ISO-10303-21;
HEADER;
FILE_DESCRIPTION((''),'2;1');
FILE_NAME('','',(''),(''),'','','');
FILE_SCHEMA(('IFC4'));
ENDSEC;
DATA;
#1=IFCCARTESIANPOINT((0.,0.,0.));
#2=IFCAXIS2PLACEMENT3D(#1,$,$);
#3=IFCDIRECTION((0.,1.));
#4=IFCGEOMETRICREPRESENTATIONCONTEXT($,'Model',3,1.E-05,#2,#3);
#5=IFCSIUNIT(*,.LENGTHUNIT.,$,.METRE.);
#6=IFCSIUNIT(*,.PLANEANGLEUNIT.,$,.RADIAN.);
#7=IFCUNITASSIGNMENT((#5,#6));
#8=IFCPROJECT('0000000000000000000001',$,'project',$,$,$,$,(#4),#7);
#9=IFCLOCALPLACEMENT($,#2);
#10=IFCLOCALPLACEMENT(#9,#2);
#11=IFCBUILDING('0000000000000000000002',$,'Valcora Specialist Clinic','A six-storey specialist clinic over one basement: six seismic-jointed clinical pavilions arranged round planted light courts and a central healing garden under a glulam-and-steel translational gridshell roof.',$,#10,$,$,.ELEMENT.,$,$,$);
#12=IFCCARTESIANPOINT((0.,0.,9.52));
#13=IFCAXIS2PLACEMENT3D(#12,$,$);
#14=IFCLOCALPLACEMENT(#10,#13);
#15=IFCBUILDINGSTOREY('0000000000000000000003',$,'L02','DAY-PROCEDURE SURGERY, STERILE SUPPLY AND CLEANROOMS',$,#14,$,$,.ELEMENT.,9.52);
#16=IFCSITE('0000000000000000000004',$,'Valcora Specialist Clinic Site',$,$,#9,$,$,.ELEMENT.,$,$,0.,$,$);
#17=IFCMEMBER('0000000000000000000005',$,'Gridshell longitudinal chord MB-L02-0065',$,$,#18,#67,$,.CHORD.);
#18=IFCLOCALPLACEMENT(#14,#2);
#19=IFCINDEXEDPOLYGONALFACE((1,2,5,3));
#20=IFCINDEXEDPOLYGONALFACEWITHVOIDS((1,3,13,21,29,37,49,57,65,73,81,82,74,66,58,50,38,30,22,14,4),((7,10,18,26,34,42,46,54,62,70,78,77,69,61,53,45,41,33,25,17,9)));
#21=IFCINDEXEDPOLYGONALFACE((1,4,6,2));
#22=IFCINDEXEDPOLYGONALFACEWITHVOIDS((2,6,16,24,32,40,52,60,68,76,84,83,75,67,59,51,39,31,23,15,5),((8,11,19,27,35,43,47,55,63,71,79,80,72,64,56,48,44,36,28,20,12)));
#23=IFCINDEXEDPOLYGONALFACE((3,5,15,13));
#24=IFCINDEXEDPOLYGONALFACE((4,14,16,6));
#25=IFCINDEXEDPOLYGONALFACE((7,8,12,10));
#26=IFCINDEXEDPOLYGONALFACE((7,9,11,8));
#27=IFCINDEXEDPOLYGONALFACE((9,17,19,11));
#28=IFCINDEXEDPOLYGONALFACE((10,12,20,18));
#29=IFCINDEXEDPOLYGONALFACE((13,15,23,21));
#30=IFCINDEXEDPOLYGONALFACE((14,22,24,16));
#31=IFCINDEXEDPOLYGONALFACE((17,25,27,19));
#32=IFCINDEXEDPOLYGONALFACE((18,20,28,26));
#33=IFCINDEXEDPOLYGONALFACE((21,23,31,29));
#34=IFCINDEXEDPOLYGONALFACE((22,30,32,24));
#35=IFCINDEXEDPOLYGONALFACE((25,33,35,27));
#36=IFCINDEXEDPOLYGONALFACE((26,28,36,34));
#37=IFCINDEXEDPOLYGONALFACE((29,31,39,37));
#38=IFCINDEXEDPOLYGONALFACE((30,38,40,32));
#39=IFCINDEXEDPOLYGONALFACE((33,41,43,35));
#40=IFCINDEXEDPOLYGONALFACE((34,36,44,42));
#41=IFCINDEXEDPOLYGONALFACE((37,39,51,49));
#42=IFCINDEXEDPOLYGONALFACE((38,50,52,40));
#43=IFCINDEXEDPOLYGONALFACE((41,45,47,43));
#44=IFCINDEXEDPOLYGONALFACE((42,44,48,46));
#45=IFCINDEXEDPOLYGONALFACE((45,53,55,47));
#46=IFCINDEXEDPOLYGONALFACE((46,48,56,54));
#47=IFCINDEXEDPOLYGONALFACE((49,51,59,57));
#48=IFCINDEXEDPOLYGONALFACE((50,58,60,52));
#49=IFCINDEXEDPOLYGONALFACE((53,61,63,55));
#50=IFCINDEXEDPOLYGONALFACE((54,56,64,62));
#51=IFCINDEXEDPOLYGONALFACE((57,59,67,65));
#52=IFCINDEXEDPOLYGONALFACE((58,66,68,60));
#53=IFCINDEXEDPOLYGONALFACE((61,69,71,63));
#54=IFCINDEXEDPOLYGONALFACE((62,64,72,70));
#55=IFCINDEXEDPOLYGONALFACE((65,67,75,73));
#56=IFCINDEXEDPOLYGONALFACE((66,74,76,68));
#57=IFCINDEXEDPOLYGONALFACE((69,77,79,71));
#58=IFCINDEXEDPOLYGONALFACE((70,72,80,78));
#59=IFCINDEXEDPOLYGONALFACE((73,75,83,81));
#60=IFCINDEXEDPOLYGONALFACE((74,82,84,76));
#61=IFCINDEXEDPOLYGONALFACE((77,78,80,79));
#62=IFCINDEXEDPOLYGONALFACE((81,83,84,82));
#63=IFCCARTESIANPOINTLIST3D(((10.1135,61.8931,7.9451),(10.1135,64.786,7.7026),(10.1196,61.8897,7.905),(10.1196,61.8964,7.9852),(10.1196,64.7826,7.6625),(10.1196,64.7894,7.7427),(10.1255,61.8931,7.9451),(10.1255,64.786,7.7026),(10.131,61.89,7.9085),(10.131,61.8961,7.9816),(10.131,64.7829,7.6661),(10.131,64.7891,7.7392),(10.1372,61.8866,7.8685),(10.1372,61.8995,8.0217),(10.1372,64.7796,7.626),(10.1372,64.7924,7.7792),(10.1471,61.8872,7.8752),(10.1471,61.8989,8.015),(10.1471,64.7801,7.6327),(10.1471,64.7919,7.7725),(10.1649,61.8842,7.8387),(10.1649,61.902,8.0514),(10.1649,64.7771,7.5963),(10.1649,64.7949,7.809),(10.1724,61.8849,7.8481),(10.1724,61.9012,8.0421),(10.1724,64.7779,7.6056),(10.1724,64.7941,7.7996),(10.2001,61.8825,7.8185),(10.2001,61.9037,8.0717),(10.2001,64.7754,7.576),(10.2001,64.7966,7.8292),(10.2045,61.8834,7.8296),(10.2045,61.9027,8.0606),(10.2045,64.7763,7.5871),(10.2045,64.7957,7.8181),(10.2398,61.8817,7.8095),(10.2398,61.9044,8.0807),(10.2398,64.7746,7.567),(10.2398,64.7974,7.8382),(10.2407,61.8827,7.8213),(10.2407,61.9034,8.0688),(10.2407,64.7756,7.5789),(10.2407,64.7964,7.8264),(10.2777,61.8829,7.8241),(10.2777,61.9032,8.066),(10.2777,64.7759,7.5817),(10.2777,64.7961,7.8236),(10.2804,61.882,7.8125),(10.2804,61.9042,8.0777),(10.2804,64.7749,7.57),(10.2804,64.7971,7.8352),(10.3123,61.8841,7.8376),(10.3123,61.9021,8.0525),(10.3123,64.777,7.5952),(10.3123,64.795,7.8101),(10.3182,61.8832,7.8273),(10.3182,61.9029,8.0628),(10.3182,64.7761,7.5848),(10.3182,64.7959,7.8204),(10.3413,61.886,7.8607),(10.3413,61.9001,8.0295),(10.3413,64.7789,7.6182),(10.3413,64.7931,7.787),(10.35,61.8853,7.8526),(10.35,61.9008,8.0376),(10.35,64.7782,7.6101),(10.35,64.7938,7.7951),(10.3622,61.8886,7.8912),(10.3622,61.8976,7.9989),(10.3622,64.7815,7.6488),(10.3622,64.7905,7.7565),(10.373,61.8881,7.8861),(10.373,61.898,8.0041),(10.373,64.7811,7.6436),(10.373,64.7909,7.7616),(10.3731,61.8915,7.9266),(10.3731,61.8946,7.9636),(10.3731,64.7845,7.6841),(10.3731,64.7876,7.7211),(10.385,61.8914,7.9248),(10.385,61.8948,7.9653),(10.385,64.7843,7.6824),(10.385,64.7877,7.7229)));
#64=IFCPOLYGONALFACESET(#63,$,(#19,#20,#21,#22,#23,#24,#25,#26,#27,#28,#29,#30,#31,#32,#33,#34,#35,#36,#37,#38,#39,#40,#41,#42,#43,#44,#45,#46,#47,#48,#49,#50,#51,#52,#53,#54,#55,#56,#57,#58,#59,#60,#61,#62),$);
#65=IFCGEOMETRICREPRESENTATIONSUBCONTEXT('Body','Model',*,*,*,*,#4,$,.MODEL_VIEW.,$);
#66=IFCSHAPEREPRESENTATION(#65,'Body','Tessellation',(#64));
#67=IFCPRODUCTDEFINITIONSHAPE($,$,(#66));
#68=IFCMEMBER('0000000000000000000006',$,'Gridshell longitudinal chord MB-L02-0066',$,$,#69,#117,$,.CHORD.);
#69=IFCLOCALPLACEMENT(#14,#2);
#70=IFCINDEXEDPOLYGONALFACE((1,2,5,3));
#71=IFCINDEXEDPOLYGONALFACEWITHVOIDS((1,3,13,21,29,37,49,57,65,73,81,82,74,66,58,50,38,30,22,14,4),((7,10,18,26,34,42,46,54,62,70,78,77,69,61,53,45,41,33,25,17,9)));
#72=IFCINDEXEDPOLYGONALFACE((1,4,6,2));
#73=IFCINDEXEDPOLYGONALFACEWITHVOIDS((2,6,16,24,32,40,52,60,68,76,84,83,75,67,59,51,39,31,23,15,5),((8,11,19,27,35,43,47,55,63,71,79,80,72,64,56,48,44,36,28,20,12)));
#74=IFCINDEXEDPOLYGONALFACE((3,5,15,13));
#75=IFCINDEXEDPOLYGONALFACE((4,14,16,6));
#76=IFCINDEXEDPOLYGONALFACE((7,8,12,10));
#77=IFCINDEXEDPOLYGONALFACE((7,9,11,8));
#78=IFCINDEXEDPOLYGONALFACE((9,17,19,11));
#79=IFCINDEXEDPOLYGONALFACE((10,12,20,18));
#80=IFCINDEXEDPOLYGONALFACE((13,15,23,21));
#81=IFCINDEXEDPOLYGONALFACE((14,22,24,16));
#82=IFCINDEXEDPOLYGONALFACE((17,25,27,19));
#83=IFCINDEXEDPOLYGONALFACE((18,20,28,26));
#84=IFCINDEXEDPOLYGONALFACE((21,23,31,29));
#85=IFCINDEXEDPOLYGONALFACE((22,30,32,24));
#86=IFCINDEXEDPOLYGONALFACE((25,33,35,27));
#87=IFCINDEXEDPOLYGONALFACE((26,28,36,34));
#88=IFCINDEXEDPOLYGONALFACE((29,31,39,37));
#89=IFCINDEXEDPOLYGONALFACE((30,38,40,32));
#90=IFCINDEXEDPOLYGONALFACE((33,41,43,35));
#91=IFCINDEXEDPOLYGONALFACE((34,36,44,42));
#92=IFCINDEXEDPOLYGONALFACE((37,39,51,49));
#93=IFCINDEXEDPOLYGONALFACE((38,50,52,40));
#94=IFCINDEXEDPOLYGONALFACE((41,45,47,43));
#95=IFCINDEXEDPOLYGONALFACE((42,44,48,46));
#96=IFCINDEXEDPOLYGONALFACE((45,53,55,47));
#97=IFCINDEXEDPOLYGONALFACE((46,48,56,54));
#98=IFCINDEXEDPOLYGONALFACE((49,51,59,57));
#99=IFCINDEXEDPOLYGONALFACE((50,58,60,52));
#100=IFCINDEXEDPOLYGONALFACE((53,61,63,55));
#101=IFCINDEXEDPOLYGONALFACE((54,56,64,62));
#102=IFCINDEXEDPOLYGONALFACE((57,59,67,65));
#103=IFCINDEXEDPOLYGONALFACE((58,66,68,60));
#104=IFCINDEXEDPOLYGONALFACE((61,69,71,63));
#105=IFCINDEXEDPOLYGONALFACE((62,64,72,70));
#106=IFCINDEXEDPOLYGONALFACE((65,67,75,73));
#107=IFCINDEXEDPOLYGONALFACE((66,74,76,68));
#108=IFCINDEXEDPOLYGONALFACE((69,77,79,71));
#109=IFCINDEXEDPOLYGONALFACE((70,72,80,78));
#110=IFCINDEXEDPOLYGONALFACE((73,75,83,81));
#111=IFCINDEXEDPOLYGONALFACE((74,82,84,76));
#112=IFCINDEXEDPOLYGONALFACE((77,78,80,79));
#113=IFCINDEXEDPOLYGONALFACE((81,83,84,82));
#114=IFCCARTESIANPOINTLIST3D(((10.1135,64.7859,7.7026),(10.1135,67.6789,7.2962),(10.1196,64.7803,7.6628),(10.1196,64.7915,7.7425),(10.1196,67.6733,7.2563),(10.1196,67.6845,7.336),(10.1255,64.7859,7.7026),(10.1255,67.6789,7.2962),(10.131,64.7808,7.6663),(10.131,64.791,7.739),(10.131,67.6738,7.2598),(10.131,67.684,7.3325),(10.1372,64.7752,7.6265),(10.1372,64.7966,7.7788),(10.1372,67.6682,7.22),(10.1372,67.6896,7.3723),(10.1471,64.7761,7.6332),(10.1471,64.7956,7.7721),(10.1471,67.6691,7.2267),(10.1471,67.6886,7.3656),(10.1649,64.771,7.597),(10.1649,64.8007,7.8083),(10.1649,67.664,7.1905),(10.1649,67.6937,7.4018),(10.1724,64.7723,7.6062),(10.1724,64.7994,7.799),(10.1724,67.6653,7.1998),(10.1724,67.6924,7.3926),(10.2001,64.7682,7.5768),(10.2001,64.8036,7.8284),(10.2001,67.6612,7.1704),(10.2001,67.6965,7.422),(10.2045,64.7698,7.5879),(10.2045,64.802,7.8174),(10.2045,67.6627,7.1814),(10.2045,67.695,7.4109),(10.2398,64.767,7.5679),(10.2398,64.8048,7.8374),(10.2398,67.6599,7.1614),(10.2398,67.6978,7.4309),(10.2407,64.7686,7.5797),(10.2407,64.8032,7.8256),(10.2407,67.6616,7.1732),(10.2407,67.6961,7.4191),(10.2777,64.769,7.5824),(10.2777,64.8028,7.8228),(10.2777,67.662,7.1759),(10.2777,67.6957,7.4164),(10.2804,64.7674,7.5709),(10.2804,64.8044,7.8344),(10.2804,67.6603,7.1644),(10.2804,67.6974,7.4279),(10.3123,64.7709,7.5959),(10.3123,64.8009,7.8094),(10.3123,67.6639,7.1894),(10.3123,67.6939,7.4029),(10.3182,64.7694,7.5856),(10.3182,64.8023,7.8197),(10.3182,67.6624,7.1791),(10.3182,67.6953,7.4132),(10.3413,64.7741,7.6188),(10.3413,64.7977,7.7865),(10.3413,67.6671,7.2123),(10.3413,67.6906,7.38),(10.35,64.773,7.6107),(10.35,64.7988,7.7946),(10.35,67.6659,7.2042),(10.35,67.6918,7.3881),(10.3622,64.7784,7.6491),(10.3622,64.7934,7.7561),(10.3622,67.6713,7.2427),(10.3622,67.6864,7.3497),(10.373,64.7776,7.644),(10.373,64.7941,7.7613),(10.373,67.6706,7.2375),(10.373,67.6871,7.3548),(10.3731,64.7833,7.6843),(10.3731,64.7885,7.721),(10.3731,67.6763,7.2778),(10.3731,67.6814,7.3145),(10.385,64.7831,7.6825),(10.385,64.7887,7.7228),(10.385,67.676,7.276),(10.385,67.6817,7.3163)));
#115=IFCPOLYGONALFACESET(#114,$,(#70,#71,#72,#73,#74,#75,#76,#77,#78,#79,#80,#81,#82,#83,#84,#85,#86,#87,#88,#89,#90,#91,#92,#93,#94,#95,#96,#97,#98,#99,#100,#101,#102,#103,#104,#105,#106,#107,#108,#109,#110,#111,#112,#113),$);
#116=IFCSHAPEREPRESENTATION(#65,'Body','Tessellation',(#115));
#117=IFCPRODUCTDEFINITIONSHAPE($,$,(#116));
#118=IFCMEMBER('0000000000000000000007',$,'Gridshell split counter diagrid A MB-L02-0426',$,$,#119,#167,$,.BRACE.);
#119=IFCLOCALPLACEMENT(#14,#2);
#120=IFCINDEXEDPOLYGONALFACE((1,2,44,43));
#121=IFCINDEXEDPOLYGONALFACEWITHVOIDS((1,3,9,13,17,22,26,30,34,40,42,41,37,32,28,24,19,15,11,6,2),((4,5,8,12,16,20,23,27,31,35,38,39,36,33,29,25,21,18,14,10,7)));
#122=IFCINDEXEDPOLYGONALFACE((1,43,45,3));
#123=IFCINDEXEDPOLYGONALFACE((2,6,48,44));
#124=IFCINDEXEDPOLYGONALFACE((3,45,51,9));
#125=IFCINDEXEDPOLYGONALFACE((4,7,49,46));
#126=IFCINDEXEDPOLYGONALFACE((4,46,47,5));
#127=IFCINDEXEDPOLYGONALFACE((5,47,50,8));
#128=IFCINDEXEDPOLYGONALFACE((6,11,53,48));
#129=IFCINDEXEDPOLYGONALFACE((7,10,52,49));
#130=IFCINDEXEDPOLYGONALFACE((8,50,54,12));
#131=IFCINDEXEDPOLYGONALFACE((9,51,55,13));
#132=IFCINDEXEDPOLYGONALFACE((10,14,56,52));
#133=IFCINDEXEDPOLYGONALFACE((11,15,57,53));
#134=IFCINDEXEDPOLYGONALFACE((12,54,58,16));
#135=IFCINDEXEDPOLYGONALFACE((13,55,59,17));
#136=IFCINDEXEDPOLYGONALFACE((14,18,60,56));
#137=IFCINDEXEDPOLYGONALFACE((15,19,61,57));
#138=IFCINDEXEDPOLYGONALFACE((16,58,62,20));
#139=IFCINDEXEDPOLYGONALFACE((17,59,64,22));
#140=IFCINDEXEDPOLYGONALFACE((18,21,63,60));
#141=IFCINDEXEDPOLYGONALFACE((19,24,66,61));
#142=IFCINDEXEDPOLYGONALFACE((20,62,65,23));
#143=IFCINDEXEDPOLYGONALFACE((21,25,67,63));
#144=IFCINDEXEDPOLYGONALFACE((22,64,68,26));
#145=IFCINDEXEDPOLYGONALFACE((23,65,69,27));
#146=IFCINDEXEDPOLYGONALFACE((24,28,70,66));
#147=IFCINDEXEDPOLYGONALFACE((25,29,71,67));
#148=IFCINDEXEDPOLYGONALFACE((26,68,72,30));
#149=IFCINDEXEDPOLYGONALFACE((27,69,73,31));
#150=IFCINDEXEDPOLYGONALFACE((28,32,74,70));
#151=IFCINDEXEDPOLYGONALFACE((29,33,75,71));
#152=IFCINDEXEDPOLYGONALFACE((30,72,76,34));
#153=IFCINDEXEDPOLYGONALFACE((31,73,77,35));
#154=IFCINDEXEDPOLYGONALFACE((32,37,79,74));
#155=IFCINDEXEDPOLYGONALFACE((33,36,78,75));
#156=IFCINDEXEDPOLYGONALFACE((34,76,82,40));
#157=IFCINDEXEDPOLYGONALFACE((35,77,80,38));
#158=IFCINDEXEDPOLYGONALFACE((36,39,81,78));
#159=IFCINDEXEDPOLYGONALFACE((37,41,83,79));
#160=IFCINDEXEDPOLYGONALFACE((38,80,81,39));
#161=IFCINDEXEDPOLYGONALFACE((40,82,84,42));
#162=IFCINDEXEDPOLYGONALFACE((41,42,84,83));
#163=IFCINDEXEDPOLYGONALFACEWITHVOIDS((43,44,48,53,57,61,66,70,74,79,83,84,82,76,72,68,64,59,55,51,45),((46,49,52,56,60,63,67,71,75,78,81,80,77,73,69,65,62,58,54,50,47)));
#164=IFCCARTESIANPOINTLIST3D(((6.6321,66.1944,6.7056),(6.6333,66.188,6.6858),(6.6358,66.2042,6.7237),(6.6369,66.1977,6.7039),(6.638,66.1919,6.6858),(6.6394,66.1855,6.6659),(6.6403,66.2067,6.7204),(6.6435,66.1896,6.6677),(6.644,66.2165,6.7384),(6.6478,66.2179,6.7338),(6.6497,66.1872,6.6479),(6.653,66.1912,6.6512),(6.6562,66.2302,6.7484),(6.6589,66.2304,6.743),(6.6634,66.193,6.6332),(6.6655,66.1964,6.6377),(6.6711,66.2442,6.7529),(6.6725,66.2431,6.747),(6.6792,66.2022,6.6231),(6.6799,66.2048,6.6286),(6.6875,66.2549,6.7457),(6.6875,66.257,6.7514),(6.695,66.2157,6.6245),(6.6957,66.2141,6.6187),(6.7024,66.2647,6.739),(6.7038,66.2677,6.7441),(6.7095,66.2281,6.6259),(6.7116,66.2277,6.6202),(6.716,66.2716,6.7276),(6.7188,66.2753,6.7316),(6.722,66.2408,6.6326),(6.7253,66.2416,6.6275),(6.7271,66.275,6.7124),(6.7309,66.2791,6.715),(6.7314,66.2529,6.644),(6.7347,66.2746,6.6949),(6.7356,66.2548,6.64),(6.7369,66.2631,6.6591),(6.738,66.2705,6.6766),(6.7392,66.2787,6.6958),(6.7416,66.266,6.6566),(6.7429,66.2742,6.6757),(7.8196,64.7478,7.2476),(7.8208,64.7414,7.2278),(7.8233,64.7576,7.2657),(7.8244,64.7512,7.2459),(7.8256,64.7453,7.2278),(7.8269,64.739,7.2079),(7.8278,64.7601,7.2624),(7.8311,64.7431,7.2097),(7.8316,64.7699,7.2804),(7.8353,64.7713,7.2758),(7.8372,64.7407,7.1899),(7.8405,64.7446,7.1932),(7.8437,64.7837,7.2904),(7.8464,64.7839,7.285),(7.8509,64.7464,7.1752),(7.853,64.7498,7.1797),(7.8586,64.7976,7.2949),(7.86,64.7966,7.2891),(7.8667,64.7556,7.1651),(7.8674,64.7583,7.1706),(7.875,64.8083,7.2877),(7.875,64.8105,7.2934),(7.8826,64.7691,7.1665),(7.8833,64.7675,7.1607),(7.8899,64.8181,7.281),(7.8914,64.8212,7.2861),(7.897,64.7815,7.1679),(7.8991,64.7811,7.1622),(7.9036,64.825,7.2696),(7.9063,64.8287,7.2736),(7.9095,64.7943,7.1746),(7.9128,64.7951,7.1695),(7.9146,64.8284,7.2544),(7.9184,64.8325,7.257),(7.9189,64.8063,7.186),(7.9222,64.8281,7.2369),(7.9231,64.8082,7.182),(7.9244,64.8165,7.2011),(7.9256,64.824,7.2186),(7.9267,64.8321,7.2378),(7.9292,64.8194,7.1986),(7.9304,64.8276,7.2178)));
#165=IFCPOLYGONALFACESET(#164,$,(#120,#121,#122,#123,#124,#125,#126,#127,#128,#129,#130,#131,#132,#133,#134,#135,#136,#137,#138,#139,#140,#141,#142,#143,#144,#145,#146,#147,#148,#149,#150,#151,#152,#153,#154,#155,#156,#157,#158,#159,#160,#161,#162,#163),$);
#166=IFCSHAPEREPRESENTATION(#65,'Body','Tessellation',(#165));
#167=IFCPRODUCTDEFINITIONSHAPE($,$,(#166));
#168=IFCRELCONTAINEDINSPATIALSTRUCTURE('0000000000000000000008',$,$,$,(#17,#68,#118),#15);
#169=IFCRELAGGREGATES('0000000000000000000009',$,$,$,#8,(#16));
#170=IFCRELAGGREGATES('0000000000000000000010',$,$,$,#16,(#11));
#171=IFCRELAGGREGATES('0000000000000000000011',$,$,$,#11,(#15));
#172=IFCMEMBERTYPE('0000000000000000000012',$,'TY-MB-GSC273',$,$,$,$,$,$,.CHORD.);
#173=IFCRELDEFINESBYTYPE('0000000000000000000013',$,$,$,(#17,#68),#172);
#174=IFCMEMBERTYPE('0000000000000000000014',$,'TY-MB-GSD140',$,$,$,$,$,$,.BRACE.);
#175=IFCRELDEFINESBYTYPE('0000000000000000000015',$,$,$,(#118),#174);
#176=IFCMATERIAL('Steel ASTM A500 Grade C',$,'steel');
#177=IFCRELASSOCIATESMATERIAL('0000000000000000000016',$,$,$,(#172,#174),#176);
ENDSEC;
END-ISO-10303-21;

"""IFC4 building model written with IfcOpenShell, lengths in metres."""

from ifc_helpers import new_model, si_unit, direction, frame, origin, origin_2d, place, context, subcontext, project, spatial, hollow_circle, extrude, material, material_profile, profile_set, type_object, element, save


model = new_model("IFC4")

# Units and contexts
model_context = context("Model", 3, precision=1e-05, world=origin(), true_north=direction((0.0, 1.0)))
body_context = subcontext(model_context, "Body", "Model", "MODEL_VIEW")
ifc_project = project(units=[si_unit("LENGTHUNIT", "METRE"), si_unit("PLANEANGLEUNIT", "RADIAN")], contexts=[model_context])

# Site, building, storey
site_placement = place(None, origin())
site = spatial("IfcSite", under=ifc_project, at=site_placement, Name="Valcora Specialist Clinic Site", CompositionType="ELEMENT", RefElevation=0.0)
building_placement = place(site_placement, origin())
building = spatial("IfcBuilding", under=site, at=building_placement, Name="Valcora Specialist Clinic", Description="A six-storey specialist clinic over one basement: six seismic-jointed clinical pavilions arranged round planted light courts and a central healing garden under a glulam-and-steel translational gridshell roof.", CompositionType="ELEMENT")
storey_placement = place(building_placement, frame((0.0, 0.0, 9.52)))
storey = spatial("IfcBuildingStorey", under=building, at=storey_placement, Name="L02", Description="DAY-PROCEDURE SURGERY, STERILE SUPPLY AND CLEANROOMS", CompositionType="ELEMENT", Elevation=9.52)

# Members
ifc_material_1 = material(Name="Steel ASTM A500 Grade C", Category="steel")
ifc_material_profile_1 = material_profile(ifc_material_1, hollow_circle(Radius=0.1365, WallThickness=0.012, at=origin_2d()), Name="ST-CHS-273X12")
ifc_profile_set_1 = profile_set([ifc_material_profile_1], Name="Steel ASTM A500 Grade C")
member_type_1 = type_object("IfcMemberType", Name="TY-MB-GSC273", PredefinedType="CHORD", material=ifc_profile_set_1)
member_1_placement = place(storey_placement, frame((10.25, 61.8931, 7.9451), z_axis=(0.0, 0.996507, -0.083512), x_axis=(-1.0, 0.0, 0.0)))
element("IfcMember", 1, at=member_1_placement, inside=storey, type_object=member_type_1, Name="Gridshell longitudinal chord MB-L02-0065", PredefinedType="CHORD", context=body_context, shape_type="SweptSolid", body=[
    extrude(hollow_circle(Radius=0.1365, WallThickness=0.012, at=origin_2d()), origin(), (0.0, 0.0, 1.0), 2.9031),
])
member_2_placement = place(storey_placement, frame((10.25, 64.7859, 7.7026), z_axis=(0.0, 0.990273, -0.13914), x_axis=(-1.0, 0.0, 0.0)))
element("IfcMember", 2, at=member_2_placement, inside=storey, type_object=member_type_1, Name="Gridshell longitudinal chord MB-L02-0066", PredefinedType="CHORD", context=body_context, shape_type="SweptSolid", body=[
    extrude(hollow_circle(Radius=0.1365, WallThickness=0.012, at=origin_2d()), origin(), (0.0, 0.0, 1.0), 2.9214),
])
ifc_material_profile_2 = material_profile(ifc_material_1, hollow_circle(Radius=0.0701, WallThickness=0.0061, at=origin_2d()), Name="ST-CHS-140X6")
ifc_profile_set_2 = profile_set([ifc_material_profile_2], Name="Steel ASTM A500 Grade C")
member_type_2 = type_object("IfcMemberType", Name="TY-MB-GSD140", PredefinedType="BRACE", material=ifc_profile_set_2)
member_3_placement = place(storey_placement, frame((7.875, 64.7859, 7.2278), z_axis=(-0.609466, 0.742411, -0.278169), x_axis=(-0.772916, -0.634508, 0.0)))
element("IfcMember", 3, at=member_3_placement, inside=storey, type_object=member_type_2, Name="Gridshell split counter diagrid A MB-L02-0426", PredefinedType="BRACE", context=body_context, shape_type="SweptSolid", body=[
    extrude(hollow_circle(Radius=0.0701, WallThickness=0.0061, at=origin_2d()), origin(), (0.0, 0.0, 1.0), 1.9485),
])

save(model, "model.ifc")
